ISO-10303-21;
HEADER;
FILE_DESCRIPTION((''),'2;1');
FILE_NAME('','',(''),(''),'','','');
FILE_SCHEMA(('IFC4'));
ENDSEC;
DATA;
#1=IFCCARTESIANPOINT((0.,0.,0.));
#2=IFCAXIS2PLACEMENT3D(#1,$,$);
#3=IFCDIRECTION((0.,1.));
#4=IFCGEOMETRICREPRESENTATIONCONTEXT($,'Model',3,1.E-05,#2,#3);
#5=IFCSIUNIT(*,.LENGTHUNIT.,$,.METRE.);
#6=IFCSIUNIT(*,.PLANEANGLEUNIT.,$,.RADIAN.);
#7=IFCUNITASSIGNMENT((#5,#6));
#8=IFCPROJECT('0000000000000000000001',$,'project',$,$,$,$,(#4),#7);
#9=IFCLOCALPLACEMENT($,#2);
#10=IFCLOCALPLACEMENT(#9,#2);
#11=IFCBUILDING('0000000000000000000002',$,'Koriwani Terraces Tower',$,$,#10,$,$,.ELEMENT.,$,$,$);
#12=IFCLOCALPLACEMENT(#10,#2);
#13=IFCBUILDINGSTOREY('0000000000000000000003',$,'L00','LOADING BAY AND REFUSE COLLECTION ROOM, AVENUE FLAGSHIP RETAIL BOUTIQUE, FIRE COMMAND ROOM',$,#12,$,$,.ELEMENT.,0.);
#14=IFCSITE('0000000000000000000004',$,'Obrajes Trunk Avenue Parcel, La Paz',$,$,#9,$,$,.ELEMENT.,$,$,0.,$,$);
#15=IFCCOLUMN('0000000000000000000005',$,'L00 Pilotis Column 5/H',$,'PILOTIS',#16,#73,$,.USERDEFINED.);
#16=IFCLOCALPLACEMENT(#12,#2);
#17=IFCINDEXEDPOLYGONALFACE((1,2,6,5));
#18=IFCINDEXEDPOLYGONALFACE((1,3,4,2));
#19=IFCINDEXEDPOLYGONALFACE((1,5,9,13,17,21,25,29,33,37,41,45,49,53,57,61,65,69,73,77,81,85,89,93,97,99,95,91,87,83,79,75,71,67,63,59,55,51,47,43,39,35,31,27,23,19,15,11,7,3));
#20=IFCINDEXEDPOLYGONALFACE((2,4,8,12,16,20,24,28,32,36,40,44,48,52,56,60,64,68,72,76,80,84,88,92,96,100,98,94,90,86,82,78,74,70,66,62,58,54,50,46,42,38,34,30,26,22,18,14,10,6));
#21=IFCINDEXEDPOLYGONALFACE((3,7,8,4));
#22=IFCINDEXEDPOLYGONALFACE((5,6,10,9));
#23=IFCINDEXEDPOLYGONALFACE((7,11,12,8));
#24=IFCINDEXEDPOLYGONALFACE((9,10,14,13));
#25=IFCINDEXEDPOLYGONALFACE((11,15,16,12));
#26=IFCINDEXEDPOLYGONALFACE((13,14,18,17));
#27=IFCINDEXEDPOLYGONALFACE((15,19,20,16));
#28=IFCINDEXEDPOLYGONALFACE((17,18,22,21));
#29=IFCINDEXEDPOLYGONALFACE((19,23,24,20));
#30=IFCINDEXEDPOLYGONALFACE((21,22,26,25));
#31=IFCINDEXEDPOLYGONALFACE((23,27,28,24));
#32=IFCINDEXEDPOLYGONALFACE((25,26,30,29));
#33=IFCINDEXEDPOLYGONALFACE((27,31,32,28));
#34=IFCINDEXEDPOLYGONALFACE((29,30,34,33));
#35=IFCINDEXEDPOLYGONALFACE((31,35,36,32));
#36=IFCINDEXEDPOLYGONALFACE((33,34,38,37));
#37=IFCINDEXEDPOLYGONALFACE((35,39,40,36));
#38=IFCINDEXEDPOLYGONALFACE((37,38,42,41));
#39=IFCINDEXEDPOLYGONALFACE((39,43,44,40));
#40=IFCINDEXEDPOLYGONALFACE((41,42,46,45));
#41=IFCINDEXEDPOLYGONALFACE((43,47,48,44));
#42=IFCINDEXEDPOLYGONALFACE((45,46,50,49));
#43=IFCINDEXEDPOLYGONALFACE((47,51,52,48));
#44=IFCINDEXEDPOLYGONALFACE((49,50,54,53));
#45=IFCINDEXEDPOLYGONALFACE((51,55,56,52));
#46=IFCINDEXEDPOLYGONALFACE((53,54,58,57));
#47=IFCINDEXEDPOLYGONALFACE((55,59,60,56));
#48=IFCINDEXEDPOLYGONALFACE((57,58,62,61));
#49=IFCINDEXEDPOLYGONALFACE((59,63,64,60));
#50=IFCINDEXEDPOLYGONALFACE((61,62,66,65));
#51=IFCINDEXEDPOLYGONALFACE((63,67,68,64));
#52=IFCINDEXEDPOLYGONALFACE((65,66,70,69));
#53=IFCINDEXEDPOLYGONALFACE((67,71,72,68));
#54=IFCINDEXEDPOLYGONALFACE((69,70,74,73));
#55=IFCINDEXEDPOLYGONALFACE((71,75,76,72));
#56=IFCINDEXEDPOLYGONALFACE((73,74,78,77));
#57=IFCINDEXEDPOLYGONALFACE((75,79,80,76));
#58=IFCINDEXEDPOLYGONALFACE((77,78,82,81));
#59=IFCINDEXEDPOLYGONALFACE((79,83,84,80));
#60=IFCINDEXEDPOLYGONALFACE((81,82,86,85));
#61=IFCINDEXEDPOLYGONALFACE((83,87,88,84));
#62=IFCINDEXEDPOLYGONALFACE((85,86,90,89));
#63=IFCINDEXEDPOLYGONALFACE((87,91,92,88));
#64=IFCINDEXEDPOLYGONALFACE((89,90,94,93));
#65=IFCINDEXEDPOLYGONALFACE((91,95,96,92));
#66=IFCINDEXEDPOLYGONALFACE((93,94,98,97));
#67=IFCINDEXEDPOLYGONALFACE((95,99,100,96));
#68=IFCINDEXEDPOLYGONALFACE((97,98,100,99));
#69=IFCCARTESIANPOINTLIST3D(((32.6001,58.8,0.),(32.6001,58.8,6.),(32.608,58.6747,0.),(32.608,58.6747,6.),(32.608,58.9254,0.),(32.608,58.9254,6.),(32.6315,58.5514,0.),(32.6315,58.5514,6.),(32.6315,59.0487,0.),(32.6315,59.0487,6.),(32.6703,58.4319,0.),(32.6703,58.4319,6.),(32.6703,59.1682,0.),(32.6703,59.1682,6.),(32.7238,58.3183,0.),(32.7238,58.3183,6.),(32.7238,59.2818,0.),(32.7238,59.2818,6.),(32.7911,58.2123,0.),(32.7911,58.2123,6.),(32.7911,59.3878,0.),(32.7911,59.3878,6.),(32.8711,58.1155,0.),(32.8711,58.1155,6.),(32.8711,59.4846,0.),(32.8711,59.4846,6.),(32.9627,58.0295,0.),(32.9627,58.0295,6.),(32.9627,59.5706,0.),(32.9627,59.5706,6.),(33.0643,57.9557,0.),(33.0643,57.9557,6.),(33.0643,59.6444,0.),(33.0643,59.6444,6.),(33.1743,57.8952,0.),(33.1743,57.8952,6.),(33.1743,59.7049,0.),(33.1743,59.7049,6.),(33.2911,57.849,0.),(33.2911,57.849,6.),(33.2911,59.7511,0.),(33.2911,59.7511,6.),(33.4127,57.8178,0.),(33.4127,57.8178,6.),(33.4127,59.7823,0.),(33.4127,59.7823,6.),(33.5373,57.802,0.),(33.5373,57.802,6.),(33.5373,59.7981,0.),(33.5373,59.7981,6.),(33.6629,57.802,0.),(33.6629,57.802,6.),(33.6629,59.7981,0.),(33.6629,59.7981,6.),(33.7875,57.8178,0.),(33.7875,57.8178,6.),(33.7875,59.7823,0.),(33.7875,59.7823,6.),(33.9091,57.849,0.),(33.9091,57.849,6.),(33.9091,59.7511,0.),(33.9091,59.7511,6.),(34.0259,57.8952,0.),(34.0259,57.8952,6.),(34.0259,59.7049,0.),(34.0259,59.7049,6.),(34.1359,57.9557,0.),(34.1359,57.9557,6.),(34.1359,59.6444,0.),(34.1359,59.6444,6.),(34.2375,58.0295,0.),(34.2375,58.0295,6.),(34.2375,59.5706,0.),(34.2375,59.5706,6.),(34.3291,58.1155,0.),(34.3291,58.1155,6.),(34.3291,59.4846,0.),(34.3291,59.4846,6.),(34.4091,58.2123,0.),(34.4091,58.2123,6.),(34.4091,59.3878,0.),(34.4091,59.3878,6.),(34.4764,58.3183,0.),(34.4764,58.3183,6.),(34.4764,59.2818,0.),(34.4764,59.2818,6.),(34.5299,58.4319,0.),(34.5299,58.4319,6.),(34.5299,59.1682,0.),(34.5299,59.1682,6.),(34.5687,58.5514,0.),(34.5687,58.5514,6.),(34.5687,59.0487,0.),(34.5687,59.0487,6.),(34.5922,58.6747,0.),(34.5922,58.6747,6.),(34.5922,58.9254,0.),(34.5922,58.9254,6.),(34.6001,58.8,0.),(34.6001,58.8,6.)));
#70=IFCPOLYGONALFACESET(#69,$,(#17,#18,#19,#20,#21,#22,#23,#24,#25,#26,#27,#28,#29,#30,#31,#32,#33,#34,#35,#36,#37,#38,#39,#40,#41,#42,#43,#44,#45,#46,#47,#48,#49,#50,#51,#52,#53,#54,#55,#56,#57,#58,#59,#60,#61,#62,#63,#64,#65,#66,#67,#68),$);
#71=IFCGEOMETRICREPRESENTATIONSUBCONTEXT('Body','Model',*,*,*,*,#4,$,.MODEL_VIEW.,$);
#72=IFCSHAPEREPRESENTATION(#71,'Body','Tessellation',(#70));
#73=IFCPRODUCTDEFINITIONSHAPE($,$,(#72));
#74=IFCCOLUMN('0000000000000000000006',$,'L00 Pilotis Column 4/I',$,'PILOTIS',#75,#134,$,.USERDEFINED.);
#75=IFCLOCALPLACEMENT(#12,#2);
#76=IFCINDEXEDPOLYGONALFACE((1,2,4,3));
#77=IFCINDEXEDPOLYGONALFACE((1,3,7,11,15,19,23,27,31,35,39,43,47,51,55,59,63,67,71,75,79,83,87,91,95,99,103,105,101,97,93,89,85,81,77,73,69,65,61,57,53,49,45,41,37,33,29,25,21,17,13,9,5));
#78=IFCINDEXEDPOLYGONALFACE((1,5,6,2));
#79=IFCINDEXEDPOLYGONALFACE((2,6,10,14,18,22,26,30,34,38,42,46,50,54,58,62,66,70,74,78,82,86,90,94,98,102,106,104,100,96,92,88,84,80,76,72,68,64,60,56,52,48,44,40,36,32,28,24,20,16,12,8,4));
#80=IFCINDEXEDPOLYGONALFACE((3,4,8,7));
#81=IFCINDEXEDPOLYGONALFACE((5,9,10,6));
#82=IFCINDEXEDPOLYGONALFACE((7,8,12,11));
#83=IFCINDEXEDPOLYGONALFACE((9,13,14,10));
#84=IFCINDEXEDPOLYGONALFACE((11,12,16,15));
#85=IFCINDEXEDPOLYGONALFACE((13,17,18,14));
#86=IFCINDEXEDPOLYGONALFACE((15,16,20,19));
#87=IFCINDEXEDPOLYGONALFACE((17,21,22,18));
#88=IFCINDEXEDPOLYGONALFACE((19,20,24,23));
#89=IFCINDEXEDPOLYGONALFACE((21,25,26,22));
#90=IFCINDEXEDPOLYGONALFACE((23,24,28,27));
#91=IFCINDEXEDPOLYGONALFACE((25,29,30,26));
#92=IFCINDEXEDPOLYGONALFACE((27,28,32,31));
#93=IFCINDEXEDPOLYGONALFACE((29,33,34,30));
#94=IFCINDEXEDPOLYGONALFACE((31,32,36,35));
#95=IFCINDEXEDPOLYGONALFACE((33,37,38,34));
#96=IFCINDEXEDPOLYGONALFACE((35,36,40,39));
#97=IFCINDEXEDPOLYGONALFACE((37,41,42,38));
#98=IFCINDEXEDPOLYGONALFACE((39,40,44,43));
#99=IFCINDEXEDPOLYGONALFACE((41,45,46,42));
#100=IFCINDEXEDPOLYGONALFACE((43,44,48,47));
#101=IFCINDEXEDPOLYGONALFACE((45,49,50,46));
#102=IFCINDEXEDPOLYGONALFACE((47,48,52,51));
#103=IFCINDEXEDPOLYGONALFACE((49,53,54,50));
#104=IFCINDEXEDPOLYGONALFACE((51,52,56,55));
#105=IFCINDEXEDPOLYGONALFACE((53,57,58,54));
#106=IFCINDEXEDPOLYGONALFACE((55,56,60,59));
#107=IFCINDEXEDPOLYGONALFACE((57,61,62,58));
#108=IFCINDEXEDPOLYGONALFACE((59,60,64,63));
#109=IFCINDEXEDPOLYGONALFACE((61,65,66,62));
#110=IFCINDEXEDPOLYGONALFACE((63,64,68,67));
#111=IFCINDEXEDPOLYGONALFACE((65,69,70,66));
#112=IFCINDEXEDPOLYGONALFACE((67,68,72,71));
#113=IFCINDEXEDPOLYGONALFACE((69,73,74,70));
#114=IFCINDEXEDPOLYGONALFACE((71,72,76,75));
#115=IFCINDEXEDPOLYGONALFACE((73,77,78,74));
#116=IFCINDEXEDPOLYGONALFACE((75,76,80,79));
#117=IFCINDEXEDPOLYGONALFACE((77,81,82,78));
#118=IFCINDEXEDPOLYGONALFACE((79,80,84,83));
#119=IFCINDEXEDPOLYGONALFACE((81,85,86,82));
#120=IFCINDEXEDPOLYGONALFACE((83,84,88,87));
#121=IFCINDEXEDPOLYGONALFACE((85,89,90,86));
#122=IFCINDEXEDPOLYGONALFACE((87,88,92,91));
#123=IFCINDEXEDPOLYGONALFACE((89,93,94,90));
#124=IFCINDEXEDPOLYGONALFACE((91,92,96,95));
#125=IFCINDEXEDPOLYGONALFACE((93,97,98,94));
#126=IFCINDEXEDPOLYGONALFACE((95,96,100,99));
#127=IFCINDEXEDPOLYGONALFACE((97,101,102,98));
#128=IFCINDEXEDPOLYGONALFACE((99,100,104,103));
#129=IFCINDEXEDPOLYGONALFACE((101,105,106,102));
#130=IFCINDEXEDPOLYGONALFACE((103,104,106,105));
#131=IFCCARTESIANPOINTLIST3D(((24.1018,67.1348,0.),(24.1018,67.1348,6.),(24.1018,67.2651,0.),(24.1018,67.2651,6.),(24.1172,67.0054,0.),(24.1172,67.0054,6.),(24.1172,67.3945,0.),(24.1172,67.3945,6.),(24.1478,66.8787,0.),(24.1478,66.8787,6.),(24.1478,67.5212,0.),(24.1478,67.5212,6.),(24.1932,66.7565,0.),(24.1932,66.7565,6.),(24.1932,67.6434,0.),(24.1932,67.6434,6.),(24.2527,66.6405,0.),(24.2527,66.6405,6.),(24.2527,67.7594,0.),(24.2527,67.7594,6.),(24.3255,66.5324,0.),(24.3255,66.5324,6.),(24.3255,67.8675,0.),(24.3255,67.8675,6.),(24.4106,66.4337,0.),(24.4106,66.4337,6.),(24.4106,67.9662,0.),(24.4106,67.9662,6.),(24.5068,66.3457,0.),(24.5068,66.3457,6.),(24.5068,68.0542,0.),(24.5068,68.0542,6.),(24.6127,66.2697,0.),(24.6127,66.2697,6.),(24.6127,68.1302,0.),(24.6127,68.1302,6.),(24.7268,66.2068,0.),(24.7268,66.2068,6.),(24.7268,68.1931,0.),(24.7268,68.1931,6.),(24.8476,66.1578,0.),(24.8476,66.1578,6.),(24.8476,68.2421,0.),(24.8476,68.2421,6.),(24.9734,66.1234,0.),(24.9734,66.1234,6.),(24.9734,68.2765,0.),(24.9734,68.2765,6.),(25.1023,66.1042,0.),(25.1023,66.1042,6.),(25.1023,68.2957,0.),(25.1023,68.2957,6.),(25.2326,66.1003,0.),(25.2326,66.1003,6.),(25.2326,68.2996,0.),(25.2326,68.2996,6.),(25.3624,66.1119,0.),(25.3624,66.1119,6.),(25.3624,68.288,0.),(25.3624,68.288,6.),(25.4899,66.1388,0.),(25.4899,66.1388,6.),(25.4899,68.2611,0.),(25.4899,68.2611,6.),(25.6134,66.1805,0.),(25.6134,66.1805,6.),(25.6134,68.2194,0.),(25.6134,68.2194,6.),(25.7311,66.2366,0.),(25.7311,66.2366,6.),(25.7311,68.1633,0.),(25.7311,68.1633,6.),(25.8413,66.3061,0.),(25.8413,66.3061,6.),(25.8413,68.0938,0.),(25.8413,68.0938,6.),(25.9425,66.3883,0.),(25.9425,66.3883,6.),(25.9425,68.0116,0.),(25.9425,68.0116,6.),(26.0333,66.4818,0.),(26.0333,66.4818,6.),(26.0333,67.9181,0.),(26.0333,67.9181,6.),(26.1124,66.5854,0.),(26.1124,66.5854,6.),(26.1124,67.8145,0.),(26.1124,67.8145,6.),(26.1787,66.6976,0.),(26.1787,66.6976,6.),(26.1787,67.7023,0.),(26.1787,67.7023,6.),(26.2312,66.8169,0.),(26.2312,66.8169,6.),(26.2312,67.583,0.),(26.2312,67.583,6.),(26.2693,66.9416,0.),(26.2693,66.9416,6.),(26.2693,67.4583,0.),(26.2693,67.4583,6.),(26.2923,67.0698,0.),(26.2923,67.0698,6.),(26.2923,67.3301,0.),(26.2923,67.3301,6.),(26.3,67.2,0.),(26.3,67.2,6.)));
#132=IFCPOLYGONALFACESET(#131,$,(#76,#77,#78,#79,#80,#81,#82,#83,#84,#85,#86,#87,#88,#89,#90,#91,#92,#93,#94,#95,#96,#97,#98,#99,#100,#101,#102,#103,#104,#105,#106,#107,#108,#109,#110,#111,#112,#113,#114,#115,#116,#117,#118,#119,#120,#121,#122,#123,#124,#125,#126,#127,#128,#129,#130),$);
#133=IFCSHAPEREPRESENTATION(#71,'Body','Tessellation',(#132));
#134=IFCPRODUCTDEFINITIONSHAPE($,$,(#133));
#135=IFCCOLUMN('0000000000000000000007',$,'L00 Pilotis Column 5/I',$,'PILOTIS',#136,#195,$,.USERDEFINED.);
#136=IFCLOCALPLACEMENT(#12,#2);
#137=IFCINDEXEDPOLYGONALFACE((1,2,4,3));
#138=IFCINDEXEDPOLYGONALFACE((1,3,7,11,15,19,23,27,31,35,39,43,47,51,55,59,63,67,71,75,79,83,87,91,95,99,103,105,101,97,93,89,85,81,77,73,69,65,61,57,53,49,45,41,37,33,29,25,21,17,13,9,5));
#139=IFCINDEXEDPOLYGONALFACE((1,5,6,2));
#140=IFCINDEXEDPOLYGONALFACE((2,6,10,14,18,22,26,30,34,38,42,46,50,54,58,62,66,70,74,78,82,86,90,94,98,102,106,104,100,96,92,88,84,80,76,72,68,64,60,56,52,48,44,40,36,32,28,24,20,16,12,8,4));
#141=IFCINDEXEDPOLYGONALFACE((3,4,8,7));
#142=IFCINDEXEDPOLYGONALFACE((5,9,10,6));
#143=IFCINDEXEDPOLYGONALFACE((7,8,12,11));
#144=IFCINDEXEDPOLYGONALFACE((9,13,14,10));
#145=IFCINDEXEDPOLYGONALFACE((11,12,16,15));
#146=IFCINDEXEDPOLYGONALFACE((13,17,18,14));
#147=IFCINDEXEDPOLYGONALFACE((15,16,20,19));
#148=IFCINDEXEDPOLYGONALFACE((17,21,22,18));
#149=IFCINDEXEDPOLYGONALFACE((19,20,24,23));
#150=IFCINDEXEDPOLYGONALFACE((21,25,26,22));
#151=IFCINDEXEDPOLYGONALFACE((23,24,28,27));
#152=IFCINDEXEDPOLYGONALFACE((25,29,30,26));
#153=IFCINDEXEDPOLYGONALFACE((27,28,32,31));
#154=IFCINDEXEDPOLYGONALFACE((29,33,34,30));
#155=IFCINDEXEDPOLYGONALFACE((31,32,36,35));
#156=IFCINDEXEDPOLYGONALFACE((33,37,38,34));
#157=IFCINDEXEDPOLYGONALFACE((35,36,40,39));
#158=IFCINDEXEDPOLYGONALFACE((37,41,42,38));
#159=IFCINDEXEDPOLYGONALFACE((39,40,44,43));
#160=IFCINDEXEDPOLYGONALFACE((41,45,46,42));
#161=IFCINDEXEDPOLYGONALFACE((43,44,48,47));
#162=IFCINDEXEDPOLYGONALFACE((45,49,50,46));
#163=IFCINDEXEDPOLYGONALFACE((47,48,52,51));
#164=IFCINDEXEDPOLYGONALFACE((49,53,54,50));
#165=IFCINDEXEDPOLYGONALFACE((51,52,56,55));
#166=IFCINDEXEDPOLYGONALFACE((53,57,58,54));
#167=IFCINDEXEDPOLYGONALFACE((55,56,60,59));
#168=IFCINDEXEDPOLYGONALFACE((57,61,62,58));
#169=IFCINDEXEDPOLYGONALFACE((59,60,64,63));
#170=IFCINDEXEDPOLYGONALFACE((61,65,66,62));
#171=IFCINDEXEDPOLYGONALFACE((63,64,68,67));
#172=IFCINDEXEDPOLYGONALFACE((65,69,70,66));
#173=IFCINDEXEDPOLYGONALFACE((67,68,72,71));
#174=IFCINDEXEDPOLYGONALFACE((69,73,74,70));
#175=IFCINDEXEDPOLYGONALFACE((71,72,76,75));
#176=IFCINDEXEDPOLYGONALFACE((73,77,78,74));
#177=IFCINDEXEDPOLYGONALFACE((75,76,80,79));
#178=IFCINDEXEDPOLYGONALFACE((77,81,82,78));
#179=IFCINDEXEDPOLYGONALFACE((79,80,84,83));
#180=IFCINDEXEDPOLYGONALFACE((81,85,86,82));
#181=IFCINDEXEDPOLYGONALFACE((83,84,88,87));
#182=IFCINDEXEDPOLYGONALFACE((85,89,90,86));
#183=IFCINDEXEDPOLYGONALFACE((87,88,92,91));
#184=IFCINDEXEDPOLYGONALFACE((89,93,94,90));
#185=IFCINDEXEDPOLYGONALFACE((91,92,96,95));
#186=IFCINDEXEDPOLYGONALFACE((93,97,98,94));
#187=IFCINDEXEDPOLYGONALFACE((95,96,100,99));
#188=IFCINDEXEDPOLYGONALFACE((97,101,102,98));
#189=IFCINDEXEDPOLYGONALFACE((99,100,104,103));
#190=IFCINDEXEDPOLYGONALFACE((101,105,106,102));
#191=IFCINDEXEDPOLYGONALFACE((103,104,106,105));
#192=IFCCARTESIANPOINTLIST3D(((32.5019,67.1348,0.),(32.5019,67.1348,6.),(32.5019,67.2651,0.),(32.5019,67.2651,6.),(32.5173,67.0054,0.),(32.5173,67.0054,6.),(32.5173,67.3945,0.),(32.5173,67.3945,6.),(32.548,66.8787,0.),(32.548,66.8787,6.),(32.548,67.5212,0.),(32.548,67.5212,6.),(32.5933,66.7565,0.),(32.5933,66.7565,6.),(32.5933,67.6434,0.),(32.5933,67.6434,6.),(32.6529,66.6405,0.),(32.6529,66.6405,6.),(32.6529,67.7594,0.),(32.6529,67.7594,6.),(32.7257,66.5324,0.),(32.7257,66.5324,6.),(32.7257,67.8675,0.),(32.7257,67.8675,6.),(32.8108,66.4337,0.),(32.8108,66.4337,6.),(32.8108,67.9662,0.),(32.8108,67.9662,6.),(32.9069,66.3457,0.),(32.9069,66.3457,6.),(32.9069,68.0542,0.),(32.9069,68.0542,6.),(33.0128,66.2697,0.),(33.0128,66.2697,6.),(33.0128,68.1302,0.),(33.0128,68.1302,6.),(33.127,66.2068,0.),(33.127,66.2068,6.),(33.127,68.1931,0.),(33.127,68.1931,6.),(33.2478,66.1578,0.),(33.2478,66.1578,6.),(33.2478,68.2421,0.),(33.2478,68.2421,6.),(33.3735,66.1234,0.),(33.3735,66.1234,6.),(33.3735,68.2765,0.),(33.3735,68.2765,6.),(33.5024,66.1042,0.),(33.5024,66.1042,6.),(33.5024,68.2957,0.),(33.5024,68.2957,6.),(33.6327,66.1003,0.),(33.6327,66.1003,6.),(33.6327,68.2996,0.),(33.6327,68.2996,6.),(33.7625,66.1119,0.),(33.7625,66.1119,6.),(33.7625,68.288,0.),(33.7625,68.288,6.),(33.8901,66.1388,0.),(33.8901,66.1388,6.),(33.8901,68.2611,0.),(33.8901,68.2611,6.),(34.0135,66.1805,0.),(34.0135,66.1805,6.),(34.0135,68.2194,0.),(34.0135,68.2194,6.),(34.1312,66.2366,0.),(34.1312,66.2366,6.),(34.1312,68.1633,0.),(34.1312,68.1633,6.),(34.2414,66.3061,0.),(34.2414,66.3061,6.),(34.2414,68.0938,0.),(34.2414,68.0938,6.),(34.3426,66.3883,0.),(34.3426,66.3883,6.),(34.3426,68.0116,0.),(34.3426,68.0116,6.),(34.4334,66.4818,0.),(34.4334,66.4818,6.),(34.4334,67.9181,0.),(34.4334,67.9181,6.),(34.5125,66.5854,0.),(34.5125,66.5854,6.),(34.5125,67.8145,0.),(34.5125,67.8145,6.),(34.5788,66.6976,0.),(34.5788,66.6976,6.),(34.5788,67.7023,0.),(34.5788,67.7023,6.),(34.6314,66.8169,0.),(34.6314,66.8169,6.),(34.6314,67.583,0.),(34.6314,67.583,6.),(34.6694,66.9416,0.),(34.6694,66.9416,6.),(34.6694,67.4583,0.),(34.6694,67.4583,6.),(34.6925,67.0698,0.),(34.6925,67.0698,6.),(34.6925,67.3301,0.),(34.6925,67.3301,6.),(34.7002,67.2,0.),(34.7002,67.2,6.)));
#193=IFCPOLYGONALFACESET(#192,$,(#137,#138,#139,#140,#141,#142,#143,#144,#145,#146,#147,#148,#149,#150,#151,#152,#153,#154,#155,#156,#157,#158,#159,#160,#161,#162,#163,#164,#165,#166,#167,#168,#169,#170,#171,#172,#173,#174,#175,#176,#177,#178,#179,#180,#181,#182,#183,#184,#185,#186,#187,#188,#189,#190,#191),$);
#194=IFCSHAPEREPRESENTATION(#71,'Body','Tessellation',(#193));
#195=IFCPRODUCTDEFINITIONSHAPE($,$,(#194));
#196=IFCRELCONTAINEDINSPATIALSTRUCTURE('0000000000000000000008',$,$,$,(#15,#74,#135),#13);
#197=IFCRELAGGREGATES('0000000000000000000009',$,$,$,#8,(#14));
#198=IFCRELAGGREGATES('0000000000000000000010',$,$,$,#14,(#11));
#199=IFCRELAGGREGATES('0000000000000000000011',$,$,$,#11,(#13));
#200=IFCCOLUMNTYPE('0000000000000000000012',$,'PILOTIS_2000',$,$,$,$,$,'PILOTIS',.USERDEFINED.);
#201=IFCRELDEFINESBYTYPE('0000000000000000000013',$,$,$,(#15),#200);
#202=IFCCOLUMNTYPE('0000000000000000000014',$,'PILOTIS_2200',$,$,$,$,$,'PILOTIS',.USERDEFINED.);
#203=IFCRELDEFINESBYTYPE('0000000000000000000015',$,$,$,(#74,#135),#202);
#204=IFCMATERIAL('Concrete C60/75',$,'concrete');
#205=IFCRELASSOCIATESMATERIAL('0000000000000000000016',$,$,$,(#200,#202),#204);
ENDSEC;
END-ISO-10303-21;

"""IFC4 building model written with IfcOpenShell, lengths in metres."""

from ifc_helpers import new_model, si_unit, direction, frame, origin, origin_2d, place, context, subcontext, project, spatial, circle, extrude, material, material_profile, profile_set, type_object, element, save


model = new_model("IFC4")

# Units and contexts
model_context = context("Model", 3, precision=1e-05, world=origin(), true_north=direction((0.0, 1.0)))
body_context = subcontext(model_context, "Body", "Model", "MODEL_VIEW")
ifc_project = project(units=[si_unit("LENGTHUNIT", "METRE"), si_unit("PLANEANGLEUNIT", "RADIAN")], contexts=[model_context])

# Site, building, storey
site_placement = place(None, origin())
site = spatial("IfcSite", under=ifc_project, at=site_placement, Name="Obrajes Trunk Avenue Parcel, La Paz", CompositionType="ELEMENT", RefElevation=0.0)
building_placement = place(site_placement, origin())
building = spatial("IfcBuilding", under=site, at=building_placement, Name="Koriwani Terraces Tower", CompositionType="ELEMENT")
storey_placement = place(building_placement, origin())
storey = spatial("IfcBuildingStorey", under=building, at=storey_placement, Name="L00", Description="LOADING BAY AND REFUSE COLLECTION ROOM, AVENUE FLAGSHIP RETAIL BOUTIQUE, FIRE COMMAND ROOM", CompositionType="ELEMENT", Elevation=0.0)

# Columns
ifc_material_1 = material(Name="Concrete C60/75", Category="concrete")
ifc_material_profile_1 = material_profile(ifc_material_1, circle(Radius=1.0, at=origin_2d()), Name="Concrete C60/75", Category="LoadBearing")
ifc_profile_set_1 = profile_set([ifc_material_profile_1], Name="Concrete C60/75")
column_type_1 = type_object("IfcColumnType", Name="PILOTIS_2000", ElementType="PILOTIS", PredefinedType="USERDEFINED", material=ifc_profile_set_1)
column_placement = place(storey_placement, frame((33.6001, 58.8, 0.0), z_axis=(0.0, 0.0, 1.0), x_axis=(1.0, 0.0, 0.0)))
element("IfcColumn", 1, at=column_placement, inside=storey, type_object=column_type_1, Name="L00 Pilotis Column 5/H", ObjectType="PILOTIS", PredefinedType="USERDEFINED", context=body_context, shape_type="SweptSolid", body=[
    extrude(circle(Radius=1.0, at=origin_2d()), origin(), (0.0, 0.0, 1.0), 6.0),
])
ifc_material_profile_2 = material_profile(ifc_material_1, circle(Radius=1.1001, at=origin_2d()), Name="Concrete C60/75", Category="LoadBearing")
ifc_profile_set_2 = profile_set([ifc_material_profile_2], Name="Concrete C60/75")
column_type_2 = type_object("IfcColumnType", Name="PILOTIS_2200", ElementType="PILOTIS", PredefinedType="USERDEFINED", material=ifc_profile_set_2)
for number, where, z_axis, x_axis, name in (
    (2, (25.2, 67.2, 0.0), (0.0, 0.0, 1.0), (1.0, 0.0, 0.0), "L00 Pilotis Column 4/I"),
    (3, (33.6001, 67.2, 0.0), (0.0, 0.0, 1.0), (1.0, 0.0, 0.0), "L00 Pilotis Column 5/I"),
):
    element("IfcColumn", number, at=place(storey_placement, frame(where, z_axis=z_axis, x_axis=x_axis)), inside=storey, type_object=column_type_2, Name=name, ObjectType="PILOTIS", PredefinedType="USERDEFINED", context=body_context, shape_type="SweptSolid", body=[
        extrude(circle(Radius=1.1001, at=origin_2d()), origin(), (0.0, 0.0, 1.0), 6.0),
    ])

save(model, "model.ifc")
